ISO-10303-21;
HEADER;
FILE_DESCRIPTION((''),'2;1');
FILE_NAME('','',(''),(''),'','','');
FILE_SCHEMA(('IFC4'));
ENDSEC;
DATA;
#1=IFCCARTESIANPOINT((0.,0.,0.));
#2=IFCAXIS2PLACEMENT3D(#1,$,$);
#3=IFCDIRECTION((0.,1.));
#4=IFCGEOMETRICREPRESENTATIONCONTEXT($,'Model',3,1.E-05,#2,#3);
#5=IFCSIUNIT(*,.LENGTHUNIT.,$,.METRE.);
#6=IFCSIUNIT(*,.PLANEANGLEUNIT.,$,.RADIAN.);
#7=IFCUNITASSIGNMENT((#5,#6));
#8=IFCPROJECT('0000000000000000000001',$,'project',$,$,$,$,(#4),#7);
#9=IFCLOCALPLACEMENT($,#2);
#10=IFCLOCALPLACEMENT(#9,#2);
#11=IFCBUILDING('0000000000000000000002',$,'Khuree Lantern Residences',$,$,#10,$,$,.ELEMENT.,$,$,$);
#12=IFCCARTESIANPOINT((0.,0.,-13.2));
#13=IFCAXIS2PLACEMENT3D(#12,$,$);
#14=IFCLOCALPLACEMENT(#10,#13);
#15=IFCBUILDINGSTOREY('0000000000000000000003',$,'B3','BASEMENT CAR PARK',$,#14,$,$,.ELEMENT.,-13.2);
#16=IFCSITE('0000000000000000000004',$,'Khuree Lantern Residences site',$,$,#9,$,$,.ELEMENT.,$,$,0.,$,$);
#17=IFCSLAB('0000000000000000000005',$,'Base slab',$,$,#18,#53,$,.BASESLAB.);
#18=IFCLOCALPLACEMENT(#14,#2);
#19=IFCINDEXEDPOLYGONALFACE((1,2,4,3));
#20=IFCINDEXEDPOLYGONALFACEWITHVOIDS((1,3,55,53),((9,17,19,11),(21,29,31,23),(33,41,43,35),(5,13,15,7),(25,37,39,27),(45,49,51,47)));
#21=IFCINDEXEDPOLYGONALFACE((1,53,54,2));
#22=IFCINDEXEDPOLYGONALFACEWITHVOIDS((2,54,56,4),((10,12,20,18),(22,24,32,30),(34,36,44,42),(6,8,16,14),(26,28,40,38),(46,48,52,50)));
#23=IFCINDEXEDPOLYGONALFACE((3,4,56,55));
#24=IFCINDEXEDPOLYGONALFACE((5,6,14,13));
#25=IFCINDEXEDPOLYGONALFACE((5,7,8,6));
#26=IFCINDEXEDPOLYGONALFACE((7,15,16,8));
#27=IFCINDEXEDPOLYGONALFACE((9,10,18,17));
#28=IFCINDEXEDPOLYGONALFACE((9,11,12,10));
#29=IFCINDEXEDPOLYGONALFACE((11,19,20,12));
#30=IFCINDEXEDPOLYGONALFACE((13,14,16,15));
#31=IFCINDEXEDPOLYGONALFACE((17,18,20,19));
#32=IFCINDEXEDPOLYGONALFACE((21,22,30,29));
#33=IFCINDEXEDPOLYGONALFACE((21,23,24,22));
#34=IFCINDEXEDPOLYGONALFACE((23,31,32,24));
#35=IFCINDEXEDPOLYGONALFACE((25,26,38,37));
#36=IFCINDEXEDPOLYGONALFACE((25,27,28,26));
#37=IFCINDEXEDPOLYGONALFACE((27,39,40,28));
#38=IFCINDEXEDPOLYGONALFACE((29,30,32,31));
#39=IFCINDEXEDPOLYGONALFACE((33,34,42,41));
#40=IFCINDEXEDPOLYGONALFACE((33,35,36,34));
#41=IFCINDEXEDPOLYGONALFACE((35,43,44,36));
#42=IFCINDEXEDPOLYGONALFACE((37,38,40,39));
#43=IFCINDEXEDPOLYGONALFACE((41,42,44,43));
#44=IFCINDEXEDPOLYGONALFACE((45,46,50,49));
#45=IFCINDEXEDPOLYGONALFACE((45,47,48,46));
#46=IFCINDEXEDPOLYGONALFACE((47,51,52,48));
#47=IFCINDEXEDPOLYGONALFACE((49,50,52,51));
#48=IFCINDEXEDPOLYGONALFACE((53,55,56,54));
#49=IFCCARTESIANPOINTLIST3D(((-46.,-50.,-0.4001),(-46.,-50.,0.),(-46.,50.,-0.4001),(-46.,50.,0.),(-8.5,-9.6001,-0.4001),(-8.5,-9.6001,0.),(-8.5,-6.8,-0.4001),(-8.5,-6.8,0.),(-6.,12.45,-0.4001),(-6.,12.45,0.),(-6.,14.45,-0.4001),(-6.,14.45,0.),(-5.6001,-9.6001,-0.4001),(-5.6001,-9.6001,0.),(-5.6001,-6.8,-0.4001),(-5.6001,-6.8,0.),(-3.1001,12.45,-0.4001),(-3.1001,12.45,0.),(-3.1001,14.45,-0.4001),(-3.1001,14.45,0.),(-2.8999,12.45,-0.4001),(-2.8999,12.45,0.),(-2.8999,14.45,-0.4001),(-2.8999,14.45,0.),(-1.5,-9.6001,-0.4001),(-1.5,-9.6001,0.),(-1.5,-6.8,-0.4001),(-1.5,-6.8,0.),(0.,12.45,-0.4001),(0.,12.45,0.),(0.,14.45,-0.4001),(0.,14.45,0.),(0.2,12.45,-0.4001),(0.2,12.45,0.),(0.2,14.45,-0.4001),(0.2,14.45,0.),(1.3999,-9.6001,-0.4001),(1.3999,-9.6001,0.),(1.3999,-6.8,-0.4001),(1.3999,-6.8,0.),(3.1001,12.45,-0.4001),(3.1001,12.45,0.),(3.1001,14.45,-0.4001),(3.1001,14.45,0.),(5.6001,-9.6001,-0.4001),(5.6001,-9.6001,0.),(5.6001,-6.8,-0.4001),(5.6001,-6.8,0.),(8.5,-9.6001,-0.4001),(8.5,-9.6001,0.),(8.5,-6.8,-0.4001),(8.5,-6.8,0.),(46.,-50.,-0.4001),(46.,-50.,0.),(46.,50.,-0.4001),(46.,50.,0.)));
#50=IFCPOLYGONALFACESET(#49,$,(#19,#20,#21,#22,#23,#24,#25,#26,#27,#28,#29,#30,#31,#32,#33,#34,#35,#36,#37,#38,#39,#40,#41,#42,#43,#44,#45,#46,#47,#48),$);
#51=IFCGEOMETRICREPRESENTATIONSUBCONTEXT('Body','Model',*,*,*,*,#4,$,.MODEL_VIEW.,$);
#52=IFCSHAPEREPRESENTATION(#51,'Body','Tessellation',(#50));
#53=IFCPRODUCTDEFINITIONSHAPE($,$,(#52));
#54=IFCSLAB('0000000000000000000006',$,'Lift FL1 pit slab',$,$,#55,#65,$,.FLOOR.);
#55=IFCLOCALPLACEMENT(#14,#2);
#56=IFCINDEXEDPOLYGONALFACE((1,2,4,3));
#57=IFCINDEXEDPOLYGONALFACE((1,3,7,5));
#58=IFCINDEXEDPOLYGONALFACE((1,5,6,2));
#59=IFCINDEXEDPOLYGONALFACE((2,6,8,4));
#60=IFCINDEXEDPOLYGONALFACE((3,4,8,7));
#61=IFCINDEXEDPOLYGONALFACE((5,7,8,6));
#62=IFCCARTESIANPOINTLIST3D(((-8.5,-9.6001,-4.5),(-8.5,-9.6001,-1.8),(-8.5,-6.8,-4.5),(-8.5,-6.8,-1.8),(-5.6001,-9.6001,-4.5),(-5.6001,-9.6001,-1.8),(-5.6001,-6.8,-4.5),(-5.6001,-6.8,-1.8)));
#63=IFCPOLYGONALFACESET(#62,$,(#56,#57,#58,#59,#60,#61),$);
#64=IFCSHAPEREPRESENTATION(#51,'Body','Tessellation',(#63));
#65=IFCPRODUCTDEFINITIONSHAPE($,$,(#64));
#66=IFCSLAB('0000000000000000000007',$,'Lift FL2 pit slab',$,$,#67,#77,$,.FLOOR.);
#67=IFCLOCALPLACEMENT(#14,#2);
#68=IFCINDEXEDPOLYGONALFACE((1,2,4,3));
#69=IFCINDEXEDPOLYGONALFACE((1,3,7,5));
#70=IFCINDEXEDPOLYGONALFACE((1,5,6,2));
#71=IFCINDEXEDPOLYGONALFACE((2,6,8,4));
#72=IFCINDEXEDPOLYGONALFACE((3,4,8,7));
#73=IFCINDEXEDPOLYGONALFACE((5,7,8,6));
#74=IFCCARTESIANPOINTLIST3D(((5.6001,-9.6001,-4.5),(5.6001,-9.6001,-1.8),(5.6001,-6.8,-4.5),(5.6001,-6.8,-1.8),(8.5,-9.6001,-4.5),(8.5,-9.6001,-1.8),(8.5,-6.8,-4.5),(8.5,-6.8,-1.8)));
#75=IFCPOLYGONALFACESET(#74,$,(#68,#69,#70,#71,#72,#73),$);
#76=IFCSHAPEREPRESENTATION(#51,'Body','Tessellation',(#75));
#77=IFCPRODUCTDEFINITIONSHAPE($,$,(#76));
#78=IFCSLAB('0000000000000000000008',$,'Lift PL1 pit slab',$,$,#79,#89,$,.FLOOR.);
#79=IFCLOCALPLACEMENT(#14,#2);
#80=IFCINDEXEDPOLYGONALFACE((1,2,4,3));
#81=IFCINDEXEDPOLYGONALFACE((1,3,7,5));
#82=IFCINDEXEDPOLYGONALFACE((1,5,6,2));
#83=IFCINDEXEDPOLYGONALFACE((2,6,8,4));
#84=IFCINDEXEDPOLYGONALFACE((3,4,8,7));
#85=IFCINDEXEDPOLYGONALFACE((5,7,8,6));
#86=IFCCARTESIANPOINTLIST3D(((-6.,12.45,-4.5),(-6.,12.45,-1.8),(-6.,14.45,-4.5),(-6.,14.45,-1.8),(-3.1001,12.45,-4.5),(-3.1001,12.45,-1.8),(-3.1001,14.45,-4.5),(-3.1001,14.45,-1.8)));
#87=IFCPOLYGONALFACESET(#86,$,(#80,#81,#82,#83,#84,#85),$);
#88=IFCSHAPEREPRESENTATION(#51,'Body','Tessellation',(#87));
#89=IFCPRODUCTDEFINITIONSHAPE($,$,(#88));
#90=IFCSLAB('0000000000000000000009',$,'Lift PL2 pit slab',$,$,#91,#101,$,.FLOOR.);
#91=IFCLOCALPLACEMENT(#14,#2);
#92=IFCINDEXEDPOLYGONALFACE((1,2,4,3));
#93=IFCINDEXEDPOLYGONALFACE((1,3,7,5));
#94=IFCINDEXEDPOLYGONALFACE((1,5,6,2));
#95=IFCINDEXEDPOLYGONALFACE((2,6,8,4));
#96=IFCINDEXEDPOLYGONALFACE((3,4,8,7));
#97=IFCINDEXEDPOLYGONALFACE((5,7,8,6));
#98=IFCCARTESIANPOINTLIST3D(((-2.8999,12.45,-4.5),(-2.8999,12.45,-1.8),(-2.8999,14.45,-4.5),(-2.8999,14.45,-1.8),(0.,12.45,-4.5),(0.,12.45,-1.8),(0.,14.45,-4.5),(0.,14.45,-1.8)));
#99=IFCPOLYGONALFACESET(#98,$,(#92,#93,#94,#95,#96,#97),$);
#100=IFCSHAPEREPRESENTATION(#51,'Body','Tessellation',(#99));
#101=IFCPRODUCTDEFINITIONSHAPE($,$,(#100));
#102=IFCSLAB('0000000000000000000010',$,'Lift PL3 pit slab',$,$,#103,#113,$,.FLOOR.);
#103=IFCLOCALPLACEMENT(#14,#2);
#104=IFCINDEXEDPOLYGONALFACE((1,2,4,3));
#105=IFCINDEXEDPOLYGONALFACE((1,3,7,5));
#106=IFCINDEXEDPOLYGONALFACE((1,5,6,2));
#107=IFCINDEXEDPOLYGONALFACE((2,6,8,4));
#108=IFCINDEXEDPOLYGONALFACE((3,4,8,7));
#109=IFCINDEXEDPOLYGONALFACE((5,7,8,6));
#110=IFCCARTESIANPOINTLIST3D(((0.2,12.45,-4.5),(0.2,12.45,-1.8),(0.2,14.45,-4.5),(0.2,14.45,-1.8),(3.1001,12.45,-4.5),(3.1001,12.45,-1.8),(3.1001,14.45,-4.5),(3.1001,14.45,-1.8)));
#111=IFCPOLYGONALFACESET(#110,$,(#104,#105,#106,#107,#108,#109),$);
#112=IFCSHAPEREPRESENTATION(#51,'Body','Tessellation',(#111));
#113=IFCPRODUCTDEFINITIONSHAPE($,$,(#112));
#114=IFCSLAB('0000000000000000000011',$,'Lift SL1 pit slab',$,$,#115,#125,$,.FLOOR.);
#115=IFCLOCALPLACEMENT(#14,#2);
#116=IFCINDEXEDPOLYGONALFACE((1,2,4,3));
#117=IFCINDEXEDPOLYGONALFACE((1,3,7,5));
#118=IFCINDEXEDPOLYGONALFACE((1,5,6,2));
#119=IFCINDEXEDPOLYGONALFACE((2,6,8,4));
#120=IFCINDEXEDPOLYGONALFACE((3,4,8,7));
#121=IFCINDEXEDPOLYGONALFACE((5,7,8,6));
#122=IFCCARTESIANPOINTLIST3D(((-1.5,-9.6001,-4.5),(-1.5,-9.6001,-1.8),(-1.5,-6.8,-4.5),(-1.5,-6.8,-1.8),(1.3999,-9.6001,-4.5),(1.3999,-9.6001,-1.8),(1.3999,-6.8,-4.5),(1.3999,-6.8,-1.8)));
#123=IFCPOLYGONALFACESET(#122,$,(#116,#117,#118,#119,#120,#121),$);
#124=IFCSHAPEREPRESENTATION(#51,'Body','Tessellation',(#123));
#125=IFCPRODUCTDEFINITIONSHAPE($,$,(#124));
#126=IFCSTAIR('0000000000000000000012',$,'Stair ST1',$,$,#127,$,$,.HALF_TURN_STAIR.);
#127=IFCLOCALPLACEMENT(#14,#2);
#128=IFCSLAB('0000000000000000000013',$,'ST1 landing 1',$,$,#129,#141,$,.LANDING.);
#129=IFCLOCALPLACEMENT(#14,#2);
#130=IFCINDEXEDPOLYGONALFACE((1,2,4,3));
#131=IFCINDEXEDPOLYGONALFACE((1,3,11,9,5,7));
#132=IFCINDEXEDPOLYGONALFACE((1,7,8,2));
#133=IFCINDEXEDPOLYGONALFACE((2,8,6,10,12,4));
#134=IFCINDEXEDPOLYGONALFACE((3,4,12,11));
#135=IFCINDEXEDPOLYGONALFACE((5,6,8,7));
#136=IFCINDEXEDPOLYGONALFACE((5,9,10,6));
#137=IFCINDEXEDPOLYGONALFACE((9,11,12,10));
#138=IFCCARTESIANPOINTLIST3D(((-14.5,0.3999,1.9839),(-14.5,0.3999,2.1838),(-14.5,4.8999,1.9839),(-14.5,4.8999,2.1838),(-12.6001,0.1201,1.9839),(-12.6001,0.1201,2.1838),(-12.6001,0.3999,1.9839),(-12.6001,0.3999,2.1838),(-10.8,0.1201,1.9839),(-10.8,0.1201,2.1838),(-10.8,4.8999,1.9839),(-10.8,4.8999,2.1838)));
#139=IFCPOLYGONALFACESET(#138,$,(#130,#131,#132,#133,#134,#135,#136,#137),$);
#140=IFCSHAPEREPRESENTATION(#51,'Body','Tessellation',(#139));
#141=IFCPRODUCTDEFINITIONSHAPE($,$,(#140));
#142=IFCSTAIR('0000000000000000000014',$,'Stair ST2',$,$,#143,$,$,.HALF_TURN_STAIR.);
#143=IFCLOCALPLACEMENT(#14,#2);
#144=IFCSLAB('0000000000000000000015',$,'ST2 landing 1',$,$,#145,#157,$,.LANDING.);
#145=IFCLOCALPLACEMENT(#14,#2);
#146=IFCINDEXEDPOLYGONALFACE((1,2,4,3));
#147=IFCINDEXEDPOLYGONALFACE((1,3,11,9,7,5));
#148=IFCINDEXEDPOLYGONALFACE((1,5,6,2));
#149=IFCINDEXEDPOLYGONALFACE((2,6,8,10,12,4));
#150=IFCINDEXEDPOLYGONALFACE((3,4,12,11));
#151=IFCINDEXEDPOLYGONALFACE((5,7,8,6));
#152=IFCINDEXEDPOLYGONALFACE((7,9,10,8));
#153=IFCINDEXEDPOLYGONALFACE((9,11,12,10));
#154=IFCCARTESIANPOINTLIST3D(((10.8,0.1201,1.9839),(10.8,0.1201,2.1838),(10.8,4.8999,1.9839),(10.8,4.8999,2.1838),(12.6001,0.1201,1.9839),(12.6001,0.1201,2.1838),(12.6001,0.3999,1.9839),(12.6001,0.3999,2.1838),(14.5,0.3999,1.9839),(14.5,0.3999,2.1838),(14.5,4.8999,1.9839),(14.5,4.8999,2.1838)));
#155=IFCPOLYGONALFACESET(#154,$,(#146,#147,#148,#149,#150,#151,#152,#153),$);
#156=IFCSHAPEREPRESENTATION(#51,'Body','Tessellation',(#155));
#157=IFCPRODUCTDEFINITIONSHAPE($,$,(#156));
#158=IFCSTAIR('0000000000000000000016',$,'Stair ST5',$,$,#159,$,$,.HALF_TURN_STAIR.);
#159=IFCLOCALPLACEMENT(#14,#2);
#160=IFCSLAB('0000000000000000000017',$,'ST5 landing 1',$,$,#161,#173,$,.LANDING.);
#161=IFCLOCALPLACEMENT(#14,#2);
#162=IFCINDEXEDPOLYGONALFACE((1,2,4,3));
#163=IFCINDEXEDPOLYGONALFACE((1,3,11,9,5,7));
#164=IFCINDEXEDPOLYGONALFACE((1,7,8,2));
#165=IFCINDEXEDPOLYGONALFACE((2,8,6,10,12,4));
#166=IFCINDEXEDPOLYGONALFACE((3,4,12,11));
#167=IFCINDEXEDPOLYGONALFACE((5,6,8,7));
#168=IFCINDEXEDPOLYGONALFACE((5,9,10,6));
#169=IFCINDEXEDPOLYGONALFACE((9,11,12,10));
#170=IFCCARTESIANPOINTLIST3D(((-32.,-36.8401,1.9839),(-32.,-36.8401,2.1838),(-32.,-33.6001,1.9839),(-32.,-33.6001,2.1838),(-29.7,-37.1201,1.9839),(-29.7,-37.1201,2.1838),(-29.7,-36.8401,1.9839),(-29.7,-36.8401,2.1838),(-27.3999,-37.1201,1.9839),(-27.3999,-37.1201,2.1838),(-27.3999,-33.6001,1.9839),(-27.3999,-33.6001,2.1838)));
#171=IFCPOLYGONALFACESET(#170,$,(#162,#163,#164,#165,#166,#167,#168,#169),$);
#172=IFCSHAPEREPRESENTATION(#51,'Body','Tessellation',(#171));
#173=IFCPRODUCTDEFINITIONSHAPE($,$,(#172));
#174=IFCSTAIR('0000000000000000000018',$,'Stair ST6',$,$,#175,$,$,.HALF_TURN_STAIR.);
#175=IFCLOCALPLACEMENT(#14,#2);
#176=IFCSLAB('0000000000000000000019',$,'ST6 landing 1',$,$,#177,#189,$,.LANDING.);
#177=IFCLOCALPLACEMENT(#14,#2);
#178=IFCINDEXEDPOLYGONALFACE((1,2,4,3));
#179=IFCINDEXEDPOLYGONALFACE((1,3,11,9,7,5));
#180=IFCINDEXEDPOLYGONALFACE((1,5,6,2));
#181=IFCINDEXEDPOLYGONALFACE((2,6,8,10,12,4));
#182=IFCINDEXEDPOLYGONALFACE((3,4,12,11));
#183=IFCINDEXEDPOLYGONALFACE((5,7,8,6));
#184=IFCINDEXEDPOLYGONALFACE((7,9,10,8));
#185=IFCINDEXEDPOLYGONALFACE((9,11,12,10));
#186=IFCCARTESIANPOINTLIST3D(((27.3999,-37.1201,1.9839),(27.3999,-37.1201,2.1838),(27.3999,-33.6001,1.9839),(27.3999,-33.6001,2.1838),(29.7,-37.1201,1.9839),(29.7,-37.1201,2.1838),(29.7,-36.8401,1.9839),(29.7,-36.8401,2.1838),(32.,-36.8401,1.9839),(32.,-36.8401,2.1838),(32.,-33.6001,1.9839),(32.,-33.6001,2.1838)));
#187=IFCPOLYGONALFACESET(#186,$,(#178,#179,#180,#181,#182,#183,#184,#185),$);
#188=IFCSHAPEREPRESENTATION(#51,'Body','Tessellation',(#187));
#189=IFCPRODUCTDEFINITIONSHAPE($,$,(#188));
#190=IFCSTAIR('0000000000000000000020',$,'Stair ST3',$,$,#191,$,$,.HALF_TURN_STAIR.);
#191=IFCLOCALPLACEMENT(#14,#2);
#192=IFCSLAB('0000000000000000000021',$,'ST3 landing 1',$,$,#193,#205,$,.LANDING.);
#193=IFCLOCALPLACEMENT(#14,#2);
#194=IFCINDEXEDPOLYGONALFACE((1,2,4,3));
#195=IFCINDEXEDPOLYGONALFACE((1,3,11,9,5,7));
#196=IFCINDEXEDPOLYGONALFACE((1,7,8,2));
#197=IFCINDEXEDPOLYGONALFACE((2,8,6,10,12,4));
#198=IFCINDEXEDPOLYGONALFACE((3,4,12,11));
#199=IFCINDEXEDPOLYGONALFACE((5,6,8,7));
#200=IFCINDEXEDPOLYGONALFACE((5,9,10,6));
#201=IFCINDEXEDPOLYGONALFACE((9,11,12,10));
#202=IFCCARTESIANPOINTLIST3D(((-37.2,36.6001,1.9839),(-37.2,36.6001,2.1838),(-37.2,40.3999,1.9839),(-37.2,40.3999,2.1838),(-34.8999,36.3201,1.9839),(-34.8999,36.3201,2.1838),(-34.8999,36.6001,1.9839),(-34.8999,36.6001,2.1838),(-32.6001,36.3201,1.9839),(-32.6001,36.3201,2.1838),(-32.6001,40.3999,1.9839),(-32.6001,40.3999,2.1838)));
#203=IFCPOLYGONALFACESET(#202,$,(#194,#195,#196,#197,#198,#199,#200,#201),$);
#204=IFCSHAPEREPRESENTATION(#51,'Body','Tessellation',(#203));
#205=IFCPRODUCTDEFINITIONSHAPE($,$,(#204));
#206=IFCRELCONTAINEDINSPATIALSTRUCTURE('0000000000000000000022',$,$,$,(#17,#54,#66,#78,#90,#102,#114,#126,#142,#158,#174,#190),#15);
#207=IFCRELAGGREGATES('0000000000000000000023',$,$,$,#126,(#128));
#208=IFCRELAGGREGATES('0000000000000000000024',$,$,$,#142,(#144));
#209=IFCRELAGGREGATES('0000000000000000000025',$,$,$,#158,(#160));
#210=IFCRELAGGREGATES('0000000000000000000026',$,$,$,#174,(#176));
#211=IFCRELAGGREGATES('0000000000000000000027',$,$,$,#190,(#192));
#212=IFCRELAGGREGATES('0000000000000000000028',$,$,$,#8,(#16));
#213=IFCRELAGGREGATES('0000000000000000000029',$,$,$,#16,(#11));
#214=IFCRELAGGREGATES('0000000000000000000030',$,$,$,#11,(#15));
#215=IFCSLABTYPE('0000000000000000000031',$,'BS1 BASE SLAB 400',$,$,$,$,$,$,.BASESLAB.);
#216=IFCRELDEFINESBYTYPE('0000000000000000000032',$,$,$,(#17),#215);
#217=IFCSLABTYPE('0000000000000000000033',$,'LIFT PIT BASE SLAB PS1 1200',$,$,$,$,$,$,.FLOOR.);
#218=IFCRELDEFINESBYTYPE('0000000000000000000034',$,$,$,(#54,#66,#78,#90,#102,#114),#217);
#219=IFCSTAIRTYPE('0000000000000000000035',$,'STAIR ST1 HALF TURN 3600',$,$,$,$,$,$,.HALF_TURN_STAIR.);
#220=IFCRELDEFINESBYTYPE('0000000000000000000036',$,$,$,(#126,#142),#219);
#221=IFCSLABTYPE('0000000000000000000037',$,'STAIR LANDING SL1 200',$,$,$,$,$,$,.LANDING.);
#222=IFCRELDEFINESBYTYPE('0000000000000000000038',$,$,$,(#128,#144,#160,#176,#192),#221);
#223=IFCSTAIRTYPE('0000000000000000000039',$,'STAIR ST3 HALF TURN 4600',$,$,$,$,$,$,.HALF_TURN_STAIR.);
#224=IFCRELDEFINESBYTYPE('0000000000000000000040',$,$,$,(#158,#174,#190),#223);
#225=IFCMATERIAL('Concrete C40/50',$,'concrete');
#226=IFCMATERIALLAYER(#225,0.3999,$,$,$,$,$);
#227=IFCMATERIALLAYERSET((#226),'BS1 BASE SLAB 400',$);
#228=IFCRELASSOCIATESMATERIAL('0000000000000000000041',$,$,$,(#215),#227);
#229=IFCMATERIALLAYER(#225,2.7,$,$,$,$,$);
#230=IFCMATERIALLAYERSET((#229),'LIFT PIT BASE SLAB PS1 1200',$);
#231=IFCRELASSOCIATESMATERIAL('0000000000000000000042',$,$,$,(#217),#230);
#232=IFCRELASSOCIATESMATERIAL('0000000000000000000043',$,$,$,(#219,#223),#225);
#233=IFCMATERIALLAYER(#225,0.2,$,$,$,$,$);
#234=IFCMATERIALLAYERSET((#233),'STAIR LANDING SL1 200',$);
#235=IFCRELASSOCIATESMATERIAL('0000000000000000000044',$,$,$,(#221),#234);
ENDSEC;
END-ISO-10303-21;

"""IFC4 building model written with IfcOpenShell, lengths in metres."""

from ifc_helpers import new_model, si_unit, direction, frame, origin, place, context, subcontext, project, spatial, polyline, outline, extrude, material, layer, layer_set, type_object, element, aggregate, save


model = new_model("IFC4")

# Units and contexts
model_context = context("Model", 3, precision=1e-05, world=origin(), true_north=direction((0.0, 1.0)))
body_context = subcontext(model_context, "Body", "Model", "MODEL_VIEW")
ifc_project = project(units=[si_unit("LENGTHUNIT", "METRE"), si_unit("PLANEANGLEUNIT", "RADIAN")], contexts=[model_context])

# Site, building, storey
site_placement = place(None, origin())
site = spatial("IfcSite", under=ifc_project, at=site_placement, Name="Khuree Lantern Residences site", CompositionType="ELEMENT", RefElevation=0.0)
building_placement = place(site_placement, origin())
building = spatial("IfcBuilding", under=site, at=building_placement, Name="Khuree Lantern Residences", CompositionType="ELEMENT")
storey_placement = place(building_placement, frame((0.0, 0.0, -13.2)))
storey = spatial("IfcBuildingStorey", under=building, at=storey_placement, Name="B3", Description="BASEMENT CAR PARK", CompositionType="ELEMENT", Elevation=-13.2)

# Shared definitions
ifc_material_1 = material(Name="Concrete C40/50", Category="concrete")

# Slabs
ifc_layer_1 = layer(ifc_material_1, 0.3999)
ifc_layer_set_1 = layer_set([ifc_layer_1], Name="BS1 BASE SLAB 400")
slab_type_1 = type_object("IfcSlabType", Name="BS1 BASE SLAB 400", PredefinedType="BASESLAB", material=ifc_layer_set_1)
slab_1_placement = place(storey_placement, frame((0.0, 0.0, -0.4001)))
element("IfcSlab", 1, at=slab_1_placement, inside=storey, type_object=slab_type_1, Name="Base slab", PredefinedType="BASESLAB", context=body_context, shape_type="SweptSolid", body=[
    extrude(outline(polyline([(-46.0, -50.0), (-46.0, 50.0), (46.0, 50.0), (46.0, -50.0), (-46.0, -50.0)]), holes=[polyline([(5.6001, -6.8), (5.6001, -9.6001), (8.5, -9.6001), (8.5, -6.8), (5.6001, -6.8)]), polyline([(0.2, 14.45), (0.2, 12.45), (3.1001, 12.45), (3.1001, 14.45), (0.2, 14.45)]), polyline([(-1.5, -6.8), (-1.5, -9.6001), (1.3999, -9.6001), (1.3999, -6.8), (-1.5, -6.8)]), polyline([(-2.8999, 14.45), (-2.8999, 12.45), (0.0, 12.45), (0.0, 14.45), (-2.8999, 14.45)]), polyline([(-6.0, 12.45), (-3.1001, 12.45), (-3.1001, 14.45), (-6.0, 14.45), (-6.0, 12.45)]), polyline([(-8.5, -9.6001), (-5.6001, -9.6001), (-5.6001, -6.8), (-8.5, -6.8), (-8.5, -9.6001)])]), origin(), (0.0, 0.0, 1.0), 0.4001),
])
ifc_layer_2 = layer(ifc_material_1, 2.7)
ifc_layer_set_2 = layer_set([ifc_layer_2], Name="LIFT PIT BASE SLAB PS1 1200")
slab_type_2 = type_object("IfcSlabType", Name="LIFT PIT BASE SLAB PS1 1200", PredefinedType="FLOOR", material=ifc_layer_set_2)
slab_2_placement = place(storey_placement, frame((0.0, 0.0, -4.5)))
element("IfcSlab", 2, at=slab_2_placement, inside=storey, type_object=slab_type_2, Name="Lift FL1 pit slab", PredefinedType="FLOOR", context=body_context, shape_type="SweptSolid", body=[
    extrude(outline(polyline([(-8.5, -9.6001), (-5.6001, -9.6001), (-5.6001, -6.8), (-8.5, -6.8), (-8.5, -9.6001)])), origin(), (0.0, 0.0, 1.0), 2.7),
])
slab_3_placement = place(storey_placement, frame((0.0, 0.0, -4.5)))
element("IfcSlab", 3, at=slab_3_placement, inside=storey, type_object=slab_type_2, Name="Lift FL2 pit slab", PredefinedType="FLOOR", context=body_context, shape_type="SweptSolid", body=[
    extrude(outline(polyline([(5.6001, -9.6001), (8.5, -9.6001), (8.5, -6.8), (5.6001, -6.8), (5.6001, -9.6001)])), origin(), (0.0, 0.0, 1.0), 2.7),
])
slab_4_placement = place(storey_placement, frame((0.0, 0.0, -4.5)))
element("IfcSlab", 4, at=slab_4_placement, inside=storey, type_object=slab_type_2, Name="Lift PL1 pit slab", PredefinedType="FLOOR", context=body_context, shape_type="SweptSolid", body=[
    extrude(outline(polyline([(-6.0, 12.45), (-3.1001, 12.45), (-3.1001, 14.45), (-6.0, 14.45), (-6.0, 12.45)])), origin(), (0.0, 0.0, 1.0), 2.7),
])
slab_5_placement = place(storey_placement, frame((0.0, 0.0, -4.5)))
element("IfcSlab", 5, at=slab_5_placement, inside=storey, type_object=slab_type_2, Name="Lift PL2 pit slab", PredefinedType="FLOOR", context=body_context, shape_type="SweptSolid", body=[
    extrude(outline(polyline([(-2.8999, 12.45), (0.0, 12.45), (0.0, 14.45), (-2.8999, 14.45), (-2.8999, 12.45)])), origin(), (0.0, 0.0, 1.0), 2.7),
])
slab_6_placement = place(storey_placement, frame((0.0, 0.0, -4.5)))
element("IfcSlab", 6, at=slab_6_placement, inside=storey, type_object=slab_type_2, Name="Lift PL3 pit slab", PredefinedType="FLOOR", context=body_context, shape_type="SweptSolid", body=[
    extrude(outline(polyline([(0.2, 12.45), (3.1001, 12.45), (3.1001, 14.45), (0.2, 14.45), (0.2, 12.45)])), origin(), (0.0, 0.0, 1.0), 2.7),
])
slab_7_placement = place(storey_placement, frame((0.0, 0.0, -4.5)))
element("IfcSlab", 7, at=slab_7_placement, inside=storey, type_object=slab_type_2, Name="Lift SL1 pit slab", PredefinedType="FLOOR", context=body_context, shape_type="SweptSolid", body=[
    extrude(outline(polyline([(-1.5, -9.6001), (1.3999, -9.6001), (1.3999, -6.8), (-1.5, -6.8), (-1.5, -9.6001)])), origin(), (0.0, 0.0, 1.0), 2.7),
])

# Stairs, slabs
stair_type_1 = type_object("IfcStairType", Name="STAIR ST1 HALF TURN 3600", PredefinedType="HALF_TURN_STAIR", material=ifc_material_1)
stair_1_placement = place(storey_placement, origin())
stair_1 = element("IfcStair", 8, at=stair_1_placement, inside=storey, type_object=stair_type_1, Name="Stair ST1", PredefinedType="HALF_TURN_STAIR")
ifc_layer_3 = layer(ifc_material_1, 0.2)
ifc_layer_set_3 = layer_set([ifc_layer_3], Name="STAIR LANDING SL1 200")
slab_type_3 = type_object("IfcSlabType", Name="STAIR LANDING SL1 200", PredefinedType="LANDING", material=ifc_layer_set_3)
slab_8_placement = place(storey_placement, frame((0.0, 0.0, 1.9839)))
slab_8 = element("IfcSlab", 9, at=slab_8_placement, type_object=slab_type_3, Name="ST1 landing 1", PredefinedType="LANDING", context=body_context, shape_type="SweptSolid", body=[
    extrude(outline(polyline([(-14.5, 0.3999), (-14.5, 4.8999), (-10.8, 4.8999), (-10.8, 0.1201), (-12.6001, 0.1201), (-12.6001, 0.3999), (-14.5, 0.3999)])), origin(), (0.0, 0.0, 1.0), 0.2),
])
aggregate(stair_1, [slab_8])
stair_2_placement = place(storey_placement, origin())
stair_2 = element("IfcStair", 10, at=stair_2_placement, inside=storey, type_object=stair_type_1, Name="Stair ST2", PredefinedType="HALF_TURN_STAIR")
slab_9_placement = place(storey_placement, frame((0.0, 0.0, 1.9839)))
slab_9 = element("IfcSlab", 11, at=slab_9_placement, type_object=slab_type_3, Name="ST2 landing 1", PredefinedType="LANDING", context=body_context, shape_type="SweptSolid", body=[
    extrude(outline(polyline([(14.5, 4.8999), (14.5, 0.3999), (12.6001, 0.3999), (12.6001, 0.1201), (10.8, 0.1201), (10.8, 4.8999), (14.5, 4.8999)])), origin(), (0.0, 0.0, 1.0), 0.2),
])
aggregate(stair_2, [slab_9])
stair_type_2 = type_object("IfcStairType", Name="STAIR ST3 HALF TURN 4600", PredefinedType="HALF_TURN_STAIR", material=ifc_material_1)
stair_3_placement = place(storey_placement, origin())
stair_3 = element("IfcStair", 12, at=stair_3_placement, inside=storey, type_object=stair_type_2, Name="Stair ST5", PredefinedType="HALF_TURN_STAIR")
slab_10_placement = place(storey_placement, frame((0.0, 0.0, 1.9839)))
slab_10 = element("IfcSlab", 13, at=slab_10_placement, type_object=slab_type_3, Name="ST5 landing 1", PredefinedType="LANDING", context=body_context, shape_type="SweptSolid", body=[
    extrude(outline(polyline([(-32.0, -36.8401), (-32.0, -33.6001), (-27.3999, -33.6001), (-27.3999, -37.1201), (-29.7, -37.1201), (-29.7, -36.8401), (-32.0, -36.8401)])), origin(), (0.0, 0.0, 1.0), 0.2),
])
aggregate(stair_3, [slab_10])
stair_4_placement = place(storey_placement, origin())
stair_4 = element("IfcStair", 14, at=stair_4_placement, inside=storey, type_object=stair_type_2, Name="Stair ST6", PredefinedType="HALF_TURN_STAIR")
slab_11_placement = place(storey_placement, frame((0.0, 0.0, 1.9839)))
slab_11 = element("IfcSlab", 15, at=slab_11_placement, type_object=slab_type_3, Name="ST6 landing 1", PredefinedType="LANDING", context=body_context, shape_type="SweptSolid", body=[
    extrude(outline(polyline([(32.0, -33.6001), (32.0, -36.8401), (29.7, -36.8401), (29.7, -37.1201), (27.3999, -37.1201), (27.3999, -33.6001), (32.0, -33.6001)])), origin(), (0.0, 0.0, 1.0), 0.2),
])
aggregate(stair_4, [slab_11])
stair_5_placement = place(storey_placement, origin())
stair_5 = element("IfcStair", 16, at=stair_5_placement, inside=storey, type_object=stair_type_2, Name="Stair ST3", PredefinedType="HALF_TURN_STAIR")
slab_12_placement = place(storey_placement, frame((0.0, 0.0, 1.9839)))
slab_12 = element("IfcSlab", 17, at=slab_12_placement, type_object=slab_type_3, Name="ST3 landing 1", PredefinedType="LANDING", context=body_context, shape_type="SweptSolid", body=[
    extrude(outline(polyline([(-37.2, 36.6001), (-37.2, 40.3999), (-32.6001, 40.3999), (-32.6001, 36.3201), (-34.8999, 36.3201), (-34.8999, 36.6001), (-37.2, 36.6001)])), origin(), (0.0, 0.0, 1.0), 0.2),
])
aggregate(stair_5, [slab_12])

save(model, "model.ifc")
